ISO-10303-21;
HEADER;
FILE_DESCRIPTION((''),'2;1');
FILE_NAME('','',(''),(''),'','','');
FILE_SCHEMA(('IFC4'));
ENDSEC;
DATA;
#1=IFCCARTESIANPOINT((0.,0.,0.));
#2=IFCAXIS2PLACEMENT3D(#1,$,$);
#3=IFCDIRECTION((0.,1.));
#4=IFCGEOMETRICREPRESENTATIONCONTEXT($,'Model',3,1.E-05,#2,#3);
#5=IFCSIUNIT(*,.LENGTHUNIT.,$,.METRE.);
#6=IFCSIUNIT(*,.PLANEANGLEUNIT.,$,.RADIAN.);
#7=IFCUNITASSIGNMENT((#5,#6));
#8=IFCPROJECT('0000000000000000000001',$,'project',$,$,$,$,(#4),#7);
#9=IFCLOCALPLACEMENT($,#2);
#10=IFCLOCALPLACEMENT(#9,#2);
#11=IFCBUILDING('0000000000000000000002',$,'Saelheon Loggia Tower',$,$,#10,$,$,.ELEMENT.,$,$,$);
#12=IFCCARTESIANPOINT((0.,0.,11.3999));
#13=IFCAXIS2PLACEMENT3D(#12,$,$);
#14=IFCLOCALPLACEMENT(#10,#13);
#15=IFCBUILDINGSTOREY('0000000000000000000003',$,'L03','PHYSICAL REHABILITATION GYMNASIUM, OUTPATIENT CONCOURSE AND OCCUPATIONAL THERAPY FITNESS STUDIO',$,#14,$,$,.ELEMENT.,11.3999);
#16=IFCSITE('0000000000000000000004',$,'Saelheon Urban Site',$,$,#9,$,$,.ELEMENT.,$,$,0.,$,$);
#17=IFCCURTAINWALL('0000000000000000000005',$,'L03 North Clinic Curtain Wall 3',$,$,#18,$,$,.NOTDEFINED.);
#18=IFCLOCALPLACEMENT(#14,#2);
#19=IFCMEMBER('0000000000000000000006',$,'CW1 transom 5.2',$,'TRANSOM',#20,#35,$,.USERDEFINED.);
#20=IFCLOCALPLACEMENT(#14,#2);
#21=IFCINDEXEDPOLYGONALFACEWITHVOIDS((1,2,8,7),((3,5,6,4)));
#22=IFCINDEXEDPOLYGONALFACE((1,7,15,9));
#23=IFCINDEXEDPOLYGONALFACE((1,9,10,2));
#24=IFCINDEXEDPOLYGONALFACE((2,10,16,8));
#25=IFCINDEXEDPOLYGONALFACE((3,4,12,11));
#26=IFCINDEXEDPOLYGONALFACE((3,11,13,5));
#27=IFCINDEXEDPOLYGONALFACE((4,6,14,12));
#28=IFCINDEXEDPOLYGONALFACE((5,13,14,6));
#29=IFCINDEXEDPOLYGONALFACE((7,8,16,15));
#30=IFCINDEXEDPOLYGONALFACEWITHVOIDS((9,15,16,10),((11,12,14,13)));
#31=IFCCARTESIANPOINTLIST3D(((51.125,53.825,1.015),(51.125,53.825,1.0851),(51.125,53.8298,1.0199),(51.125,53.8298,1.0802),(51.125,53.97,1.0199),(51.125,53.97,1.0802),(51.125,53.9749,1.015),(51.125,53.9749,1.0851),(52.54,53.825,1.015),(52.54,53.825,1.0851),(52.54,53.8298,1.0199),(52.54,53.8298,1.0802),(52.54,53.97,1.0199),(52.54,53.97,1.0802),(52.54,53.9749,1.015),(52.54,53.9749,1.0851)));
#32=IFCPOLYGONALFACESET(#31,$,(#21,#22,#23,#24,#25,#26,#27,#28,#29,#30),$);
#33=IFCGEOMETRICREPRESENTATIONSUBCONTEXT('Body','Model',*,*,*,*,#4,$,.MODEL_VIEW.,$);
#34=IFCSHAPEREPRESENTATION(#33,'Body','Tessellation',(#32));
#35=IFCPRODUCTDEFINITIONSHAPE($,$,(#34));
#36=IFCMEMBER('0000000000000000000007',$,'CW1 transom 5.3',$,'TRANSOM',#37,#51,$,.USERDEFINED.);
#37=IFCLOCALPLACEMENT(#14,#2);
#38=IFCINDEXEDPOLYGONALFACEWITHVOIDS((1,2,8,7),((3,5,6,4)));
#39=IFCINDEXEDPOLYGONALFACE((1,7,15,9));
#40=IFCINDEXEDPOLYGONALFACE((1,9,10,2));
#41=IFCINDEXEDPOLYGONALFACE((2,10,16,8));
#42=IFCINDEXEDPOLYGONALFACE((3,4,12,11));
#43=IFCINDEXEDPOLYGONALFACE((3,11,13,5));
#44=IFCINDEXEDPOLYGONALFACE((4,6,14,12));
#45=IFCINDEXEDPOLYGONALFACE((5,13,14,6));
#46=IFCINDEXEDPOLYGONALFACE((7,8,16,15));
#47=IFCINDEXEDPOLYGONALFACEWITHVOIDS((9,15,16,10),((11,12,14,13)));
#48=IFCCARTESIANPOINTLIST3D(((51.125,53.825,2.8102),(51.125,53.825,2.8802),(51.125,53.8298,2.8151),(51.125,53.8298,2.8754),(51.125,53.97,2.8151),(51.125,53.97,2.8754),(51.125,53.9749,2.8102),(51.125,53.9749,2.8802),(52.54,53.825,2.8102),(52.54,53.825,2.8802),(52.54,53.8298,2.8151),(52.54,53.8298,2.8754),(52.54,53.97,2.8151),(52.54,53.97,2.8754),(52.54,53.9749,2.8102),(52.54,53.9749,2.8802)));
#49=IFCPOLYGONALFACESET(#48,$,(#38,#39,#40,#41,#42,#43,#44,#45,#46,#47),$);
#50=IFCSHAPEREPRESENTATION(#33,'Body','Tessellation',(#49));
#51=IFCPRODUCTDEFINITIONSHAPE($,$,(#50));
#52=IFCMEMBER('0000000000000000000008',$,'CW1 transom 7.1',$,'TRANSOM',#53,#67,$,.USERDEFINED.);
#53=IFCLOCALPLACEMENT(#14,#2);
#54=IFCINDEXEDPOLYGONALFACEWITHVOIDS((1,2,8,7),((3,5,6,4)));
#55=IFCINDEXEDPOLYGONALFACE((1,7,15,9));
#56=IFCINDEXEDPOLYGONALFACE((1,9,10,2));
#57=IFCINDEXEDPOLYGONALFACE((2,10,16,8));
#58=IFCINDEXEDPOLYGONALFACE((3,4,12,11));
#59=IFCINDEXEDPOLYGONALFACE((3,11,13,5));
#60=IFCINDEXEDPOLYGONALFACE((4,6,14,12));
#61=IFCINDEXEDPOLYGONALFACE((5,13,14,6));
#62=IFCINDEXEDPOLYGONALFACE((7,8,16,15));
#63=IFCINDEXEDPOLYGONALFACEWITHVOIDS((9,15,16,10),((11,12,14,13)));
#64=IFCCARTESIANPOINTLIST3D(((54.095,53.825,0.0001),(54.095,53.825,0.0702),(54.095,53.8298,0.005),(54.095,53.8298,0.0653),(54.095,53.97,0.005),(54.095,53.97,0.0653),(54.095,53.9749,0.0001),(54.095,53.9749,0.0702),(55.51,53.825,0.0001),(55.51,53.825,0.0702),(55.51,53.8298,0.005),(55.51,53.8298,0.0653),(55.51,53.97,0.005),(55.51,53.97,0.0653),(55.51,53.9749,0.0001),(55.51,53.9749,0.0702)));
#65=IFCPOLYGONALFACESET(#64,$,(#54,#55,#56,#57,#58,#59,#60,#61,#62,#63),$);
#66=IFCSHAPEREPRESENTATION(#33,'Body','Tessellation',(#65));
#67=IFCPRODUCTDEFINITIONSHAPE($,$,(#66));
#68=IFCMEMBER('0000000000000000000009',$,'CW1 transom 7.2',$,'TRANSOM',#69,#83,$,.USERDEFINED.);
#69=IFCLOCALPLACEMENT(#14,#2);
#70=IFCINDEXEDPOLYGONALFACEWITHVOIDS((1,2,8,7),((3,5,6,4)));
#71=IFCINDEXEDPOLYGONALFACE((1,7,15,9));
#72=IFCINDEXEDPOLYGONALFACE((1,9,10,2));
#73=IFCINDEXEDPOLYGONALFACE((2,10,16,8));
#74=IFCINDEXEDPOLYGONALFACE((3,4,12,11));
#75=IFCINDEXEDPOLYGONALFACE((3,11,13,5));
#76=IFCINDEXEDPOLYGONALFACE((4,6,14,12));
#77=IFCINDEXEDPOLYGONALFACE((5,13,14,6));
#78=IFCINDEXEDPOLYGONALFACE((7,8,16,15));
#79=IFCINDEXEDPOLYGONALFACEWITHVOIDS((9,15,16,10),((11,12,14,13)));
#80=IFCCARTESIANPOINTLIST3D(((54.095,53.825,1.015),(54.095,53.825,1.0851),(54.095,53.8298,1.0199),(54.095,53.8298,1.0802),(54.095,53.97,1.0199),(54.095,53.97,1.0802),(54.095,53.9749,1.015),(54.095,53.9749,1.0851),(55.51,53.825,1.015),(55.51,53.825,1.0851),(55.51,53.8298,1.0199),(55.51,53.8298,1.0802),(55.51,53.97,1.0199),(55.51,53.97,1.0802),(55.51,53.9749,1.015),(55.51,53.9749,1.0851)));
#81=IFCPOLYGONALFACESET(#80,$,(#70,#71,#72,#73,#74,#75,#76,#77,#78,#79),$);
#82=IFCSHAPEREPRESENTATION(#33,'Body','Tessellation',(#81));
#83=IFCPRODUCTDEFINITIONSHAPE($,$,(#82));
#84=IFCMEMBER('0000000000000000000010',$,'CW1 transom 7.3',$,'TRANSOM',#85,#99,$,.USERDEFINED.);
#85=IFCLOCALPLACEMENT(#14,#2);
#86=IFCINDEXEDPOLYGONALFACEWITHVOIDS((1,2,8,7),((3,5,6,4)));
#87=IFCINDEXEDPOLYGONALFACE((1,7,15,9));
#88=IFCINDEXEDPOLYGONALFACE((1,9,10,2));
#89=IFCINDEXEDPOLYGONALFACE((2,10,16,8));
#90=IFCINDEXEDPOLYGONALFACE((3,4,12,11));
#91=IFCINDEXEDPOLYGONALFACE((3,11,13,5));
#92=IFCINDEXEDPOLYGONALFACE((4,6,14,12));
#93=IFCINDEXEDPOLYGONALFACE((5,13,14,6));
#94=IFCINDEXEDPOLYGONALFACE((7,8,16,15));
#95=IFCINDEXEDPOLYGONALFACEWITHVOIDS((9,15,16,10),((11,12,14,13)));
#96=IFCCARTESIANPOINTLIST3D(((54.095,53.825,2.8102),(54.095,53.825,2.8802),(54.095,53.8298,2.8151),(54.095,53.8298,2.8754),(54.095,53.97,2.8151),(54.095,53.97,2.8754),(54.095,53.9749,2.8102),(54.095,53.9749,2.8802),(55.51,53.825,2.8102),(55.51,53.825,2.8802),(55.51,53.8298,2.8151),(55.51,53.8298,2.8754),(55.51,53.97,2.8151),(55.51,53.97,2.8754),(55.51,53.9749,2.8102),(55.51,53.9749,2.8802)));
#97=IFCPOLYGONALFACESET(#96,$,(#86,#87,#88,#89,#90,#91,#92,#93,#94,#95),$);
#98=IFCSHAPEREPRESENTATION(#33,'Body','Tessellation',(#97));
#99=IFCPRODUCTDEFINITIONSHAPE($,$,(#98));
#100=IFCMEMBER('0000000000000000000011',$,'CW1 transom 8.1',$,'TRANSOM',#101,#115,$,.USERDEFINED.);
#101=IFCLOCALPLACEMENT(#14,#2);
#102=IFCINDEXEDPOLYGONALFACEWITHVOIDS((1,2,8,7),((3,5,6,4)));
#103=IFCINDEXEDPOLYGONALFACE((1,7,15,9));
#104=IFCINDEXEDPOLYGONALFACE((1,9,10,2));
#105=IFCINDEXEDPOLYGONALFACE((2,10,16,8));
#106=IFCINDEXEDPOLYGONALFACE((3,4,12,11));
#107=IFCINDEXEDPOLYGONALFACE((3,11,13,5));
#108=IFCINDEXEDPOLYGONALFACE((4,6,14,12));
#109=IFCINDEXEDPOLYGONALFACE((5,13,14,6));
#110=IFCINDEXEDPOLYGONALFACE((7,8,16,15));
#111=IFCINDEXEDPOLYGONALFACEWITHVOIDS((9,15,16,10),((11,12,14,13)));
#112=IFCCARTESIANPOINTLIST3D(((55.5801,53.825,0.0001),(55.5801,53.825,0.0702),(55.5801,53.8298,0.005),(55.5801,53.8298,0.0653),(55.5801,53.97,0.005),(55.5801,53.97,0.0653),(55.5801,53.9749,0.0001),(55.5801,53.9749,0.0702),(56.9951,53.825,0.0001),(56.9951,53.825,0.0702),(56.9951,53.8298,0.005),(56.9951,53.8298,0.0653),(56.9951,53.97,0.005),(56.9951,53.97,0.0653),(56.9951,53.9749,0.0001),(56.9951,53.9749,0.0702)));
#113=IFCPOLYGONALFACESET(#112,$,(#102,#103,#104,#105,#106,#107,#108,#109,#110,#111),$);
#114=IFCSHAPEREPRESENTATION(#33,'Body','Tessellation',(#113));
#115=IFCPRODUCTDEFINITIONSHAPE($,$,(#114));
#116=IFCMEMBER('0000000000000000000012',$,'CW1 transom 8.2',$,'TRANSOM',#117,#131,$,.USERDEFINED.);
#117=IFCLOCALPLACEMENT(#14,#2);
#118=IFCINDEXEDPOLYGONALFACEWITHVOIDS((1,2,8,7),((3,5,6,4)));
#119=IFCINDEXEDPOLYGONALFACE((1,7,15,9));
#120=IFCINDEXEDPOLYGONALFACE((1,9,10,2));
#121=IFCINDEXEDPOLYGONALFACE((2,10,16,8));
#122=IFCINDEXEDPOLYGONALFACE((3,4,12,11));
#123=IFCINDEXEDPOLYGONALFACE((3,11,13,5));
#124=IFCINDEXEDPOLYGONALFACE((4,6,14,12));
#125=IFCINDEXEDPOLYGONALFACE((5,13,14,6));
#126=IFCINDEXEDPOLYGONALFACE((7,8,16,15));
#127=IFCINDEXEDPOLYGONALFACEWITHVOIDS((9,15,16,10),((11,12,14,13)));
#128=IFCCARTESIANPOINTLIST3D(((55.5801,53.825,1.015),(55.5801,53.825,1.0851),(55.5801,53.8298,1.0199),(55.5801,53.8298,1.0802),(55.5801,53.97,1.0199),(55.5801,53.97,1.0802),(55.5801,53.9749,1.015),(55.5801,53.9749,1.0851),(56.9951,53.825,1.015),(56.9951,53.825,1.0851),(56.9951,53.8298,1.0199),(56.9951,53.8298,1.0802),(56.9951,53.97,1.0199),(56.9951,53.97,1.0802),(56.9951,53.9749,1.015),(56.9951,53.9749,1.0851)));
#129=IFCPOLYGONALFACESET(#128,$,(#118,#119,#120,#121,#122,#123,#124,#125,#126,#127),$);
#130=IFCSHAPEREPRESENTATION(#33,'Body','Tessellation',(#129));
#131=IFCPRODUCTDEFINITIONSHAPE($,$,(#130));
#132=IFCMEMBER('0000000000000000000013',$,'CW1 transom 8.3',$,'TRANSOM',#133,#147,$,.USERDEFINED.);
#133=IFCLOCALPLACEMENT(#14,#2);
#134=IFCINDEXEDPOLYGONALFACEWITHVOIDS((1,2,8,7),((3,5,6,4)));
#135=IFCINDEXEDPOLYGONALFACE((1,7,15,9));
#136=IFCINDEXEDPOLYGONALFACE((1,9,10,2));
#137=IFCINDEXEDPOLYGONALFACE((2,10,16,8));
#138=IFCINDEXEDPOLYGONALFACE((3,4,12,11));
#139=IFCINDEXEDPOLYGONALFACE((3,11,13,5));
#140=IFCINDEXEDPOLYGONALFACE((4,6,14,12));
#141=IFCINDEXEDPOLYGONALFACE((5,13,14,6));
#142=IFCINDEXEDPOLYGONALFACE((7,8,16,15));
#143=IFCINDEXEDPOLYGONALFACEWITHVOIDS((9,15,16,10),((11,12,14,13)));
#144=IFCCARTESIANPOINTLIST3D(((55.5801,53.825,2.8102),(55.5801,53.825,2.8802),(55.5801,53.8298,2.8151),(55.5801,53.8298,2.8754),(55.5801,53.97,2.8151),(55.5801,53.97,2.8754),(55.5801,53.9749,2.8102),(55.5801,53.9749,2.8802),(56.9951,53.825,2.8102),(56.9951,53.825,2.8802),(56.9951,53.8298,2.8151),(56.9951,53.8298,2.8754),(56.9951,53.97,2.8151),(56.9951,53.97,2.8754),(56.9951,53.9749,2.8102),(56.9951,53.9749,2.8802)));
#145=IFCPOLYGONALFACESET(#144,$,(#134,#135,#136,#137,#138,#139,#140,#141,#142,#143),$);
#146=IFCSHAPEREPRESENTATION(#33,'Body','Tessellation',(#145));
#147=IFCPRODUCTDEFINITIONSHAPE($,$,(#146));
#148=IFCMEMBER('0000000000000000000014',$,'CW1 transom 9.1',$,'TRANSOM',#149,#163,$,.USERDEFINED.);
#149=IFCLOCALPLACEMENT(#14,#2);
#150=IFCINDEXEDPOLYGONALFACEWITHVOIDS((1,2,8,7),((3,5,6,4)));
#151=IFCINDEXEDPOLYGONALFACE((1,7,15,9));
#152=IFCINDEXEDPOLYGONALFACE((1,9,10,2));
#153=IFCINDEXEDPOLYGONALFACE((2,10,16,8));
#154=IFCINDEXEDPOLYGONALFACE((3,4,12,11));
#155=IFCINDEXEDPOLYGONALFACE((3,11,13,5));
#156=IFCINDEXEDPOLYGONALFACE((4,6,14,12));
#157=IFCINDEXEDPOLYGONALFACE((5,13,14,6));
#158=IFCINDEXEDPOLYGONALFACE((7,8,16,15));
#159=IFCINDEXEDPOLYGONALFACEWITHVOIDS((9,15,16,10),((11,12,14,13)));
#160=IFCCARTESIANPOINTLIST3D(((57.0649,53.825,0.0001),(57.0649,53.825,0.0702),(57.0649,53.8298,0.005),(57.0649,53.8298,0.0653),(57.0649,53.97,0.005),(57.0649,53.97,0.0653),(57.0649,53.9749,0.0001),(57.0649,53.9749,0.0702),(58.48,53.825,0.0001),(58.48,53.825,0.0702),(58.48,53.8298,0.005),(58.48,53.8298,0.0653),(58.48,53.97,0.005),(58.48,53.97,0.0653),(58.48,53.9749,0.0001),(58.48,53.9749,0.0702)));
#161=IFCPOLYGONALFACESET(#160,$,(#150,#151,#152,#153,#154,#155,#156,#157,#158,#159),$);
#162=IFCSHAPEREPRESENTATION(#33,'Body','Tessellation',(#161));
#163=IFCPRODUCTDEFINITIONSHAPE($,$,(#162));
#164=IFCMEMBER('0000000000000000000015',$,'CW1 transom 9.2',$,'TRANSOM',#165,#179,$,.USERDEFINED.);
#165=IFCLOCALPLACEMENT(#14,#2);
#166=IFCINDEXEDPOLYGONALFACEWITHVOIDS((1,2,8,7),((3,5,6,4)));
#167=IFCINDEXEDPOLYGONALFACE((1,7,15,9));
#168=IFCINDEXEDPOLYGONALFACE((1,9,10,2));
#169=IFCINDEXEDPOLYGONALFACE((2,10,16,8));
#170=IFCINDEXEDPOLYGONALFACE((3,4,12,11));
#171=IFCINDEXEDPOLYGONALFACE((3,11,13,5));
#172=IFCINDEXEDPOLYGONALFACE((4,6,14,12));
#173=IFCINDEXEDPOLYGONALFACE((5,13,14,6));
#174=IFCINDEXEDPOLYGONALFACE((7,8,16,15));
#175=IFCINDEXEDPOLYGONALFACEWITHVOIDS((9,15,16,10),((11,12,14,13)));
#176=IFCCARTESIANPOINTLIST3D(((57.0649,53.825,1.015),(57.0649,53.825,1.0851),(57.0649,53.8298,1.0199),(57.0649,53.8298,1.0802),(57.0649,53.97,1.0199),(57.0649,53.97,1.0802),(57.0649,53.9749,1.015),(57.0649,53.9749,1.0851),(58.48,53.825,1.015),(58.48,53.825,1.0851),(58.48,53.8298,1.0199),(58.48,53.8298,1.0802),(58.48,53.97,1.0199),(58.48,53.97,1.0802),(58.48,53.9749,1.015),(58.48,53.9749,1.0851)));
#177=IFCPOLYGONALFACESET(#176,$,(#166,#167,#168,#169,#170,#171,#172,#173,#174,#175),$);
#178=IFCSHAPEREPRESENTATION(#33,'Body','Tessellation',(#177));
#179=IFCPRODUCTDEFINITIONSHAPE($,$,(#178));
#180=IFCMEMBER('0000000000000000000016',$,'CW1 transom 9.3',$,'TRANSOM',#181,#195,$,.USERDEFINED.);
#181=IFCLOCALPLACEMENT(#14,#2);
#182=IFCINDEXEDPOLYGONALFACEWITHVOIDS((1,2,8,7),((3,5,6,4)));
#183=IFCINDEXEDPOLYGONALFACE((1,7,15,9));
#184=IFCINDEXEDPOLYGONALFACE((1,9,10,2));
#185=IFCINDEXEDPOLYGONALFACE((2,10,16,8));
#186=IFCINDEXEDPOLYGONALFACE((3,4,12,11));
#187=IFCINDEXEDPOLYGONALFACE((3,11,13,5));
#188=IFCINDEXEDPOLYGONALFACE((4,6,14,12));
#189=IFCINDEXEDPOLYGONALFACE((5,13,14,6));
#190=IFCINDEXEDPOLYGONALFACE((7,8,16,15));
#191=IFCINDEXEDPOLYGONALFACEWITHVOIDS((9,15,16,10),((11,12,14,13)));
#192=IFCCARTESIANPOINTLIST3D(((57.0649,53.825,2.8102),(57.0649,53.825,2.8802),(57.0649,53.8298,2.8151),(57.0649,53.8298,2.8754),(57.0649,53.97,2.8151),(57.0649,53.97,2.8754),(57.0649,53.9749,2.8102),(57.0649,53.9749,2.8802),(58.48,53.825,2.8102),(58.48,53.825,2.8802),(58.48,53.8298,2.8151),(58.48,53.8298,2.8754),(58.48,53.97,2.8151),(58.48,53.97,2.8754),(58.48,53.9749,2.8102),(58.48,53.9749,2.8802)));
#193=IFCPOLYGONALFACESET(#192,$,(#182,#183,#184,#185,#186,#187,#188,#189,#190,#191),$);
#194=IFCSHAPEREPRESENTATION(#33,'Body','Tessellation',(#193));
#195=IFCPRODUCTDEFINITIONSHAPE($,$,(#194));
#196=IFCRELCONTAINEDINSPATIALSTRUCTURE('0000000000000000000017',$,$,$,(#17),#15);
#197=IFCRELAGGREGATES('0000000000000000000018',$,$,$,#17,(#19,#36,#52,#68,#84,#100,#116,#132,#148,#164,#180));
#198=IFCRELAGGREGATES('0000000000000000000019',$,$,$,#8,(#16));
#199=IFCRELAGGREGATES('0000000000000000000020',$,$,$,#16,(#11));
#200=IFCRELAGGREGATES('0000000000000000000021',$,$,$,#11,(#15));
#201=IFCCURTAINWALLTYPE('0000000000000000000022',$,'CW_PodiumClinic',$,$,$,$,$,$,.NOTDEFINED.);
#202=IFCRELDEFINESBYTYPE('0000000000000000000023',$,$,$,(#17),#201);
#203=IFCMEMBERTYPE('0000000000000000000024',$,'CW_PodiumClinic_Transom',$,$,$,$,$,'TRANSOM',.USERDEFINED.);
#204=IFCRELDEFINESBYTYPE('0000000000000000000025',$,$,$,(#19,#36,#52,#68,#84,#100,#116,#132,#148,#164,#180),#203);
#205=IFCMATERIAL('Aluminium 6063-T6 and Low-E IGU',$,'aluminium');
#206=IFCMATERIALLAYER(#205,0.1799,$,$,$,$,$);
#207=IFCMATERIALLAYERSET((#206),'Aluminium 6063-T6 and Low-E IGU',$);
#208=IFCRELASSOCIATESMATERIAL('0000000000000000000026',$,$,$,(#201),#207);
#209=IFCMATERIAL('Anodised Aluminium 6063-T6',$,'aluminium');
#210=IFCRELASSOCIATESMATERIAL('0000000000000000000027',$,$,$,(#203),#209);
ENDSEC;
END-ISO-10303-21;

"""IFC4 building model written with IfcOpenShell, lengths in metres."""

from ifc_helpers import new_model, si_unit, direction, frame, origin, origin_2d, place, context, subcontext, project, spatial, hollow_rectangle, extrude, source, transform, mapped, material, layer, layer_set, material_profile, profile_set, type_object, element, aggregate, save


model = new_model("IFC4")

# Units and contexts
model_context = context("Model", 3, precision=1e-05, world=origin(), true_north=direction((0.0, 1.0)))
body_context = subcontext(model_context, "Body", "Model", "MODEL_VIEW")
ifc_project = project(units=[si_unit("LENGTHUNIT", "METRE"), si_unit("PLANEANGLEUNIT", "RADIAN")], contexts=[model_context])

# Site, building, storey
site_placement = place(None, origin())
site = spatial("IfcSite", under=ifc_project, at=site_placement, Name="Saelheon Urban Site", CompositionType="ELEMENT", RefElevation=0.0)
building_placement = place(site_placement, origin())
building = spatial("IfcBuilding", under=site, at=building_placement, Name="Saelheon Loggia Tower", CompositionType="ELEMENT")
storey_placement = place(building_placement, frame((0.0, 0.0, 11.3999)))
storey = spatial("IfcBuildingStorey", under=building, at=storey_placement, Name="L03", Description="PHYSICAL REHABILITATION GYMNASIUM, OUTPATIENT CONCOURSE AND OCCUPATIONAL THERAPY FITNESS STUDIO", CompositionType="ELEMENT", Elevation=11.3999)

# Curtain wall, members
ifc_material_1 = material(Name="Aluminium 6063-T6 and Low-E IGU", Category="aluminium")
ifc_layer_1 = layer(ifc_material_1, 0.1799)
ifc_layer_set_1 = layer_set([ifc_layer_1], Name="Aluminium 6063-T6 and Low-E IGU")
curtain_wall_type = type_object("IfcCurtainWallType", Name="CW_PodiumClinic", PredefinedType="NOTDEFINED", material=ifc_layer_set_1)
curtain_wall_placement = place(storey_placement, origin())
curtain_wall = element("IfcCurtainWall", 1, at=curtain_wall_placement, inside=storey, type_object=curtain_wall_type, Name="L03 North Clinic Curtain Wall 3", PredefinedType="NOTDEFINED")
ifc_material_2 = material(Name="Anodised Aluminium 6063-T6", Category="aluminium")
ifc_material_profile_1 = material_profile(ifc_material_2, hollow_rectangle(XDim=0.0701, YDim=0.1499, WallThickness=0.0049, at=origin_2d()), Name="RHS-150x70x5")
ifc_profile_set_1 = profile_set([ifc_material_profile_1], Name="Anodised Aluminium 6063-T6")
member_type_1 = type_object("IfcMemberType", Name="CW_PodiumClinic_Transom", ElementType="TRANSOM", PredefinedType="USERDEFINED", material=ifc_profile_set_1)
shared_shape_1 = source(origin(), body_context, "Body", "SweptSolid", [
    extrude(hollow_rectangle(XDim=0.0701, YDim=0.1499, WallThickness=0.0049, at=origin_2d()), origin(), (0.0, 0.0, 1.0), 1.415),
])
member_1_placement = place(storey_placement, frame((51.125, 53.8999, 1.05), z_axis=(1.0, 0.0, 0.0), x_axis=(0.0, 0.0, 1.0)))
member_1 = element("IfcMember", 2, at=member_1_placement, type_object=member_type_1, Name="CW1 transom 5.2", ObjectType="TRANSOM", PredefinedType="USERDEFINED", context=body_context, shape_type="MappedRepresentation", body=[
    mapped(shared_shape_1, transform((0.0, 0.0, 0.0), scale=1.0)),
])
member_2_placement = place(storey_placement, frame((51.125, 53.8999, 2.8452), z_axis=(1.0, 0.0, 0.0), x_axis=(0.0, 0.0, 1.0)))
member_2 = element("IfcMember", 3, at=member_2_placement, type_object=member_type_1, Name="CW1 transom 5.3", ObjectType="TRANSOM", PredefinedType="USERDEFINED", context=body_context, shape_type="MappedRepresentation", body=[
    mapped(shared_shape_1, transform((0.0, 0.0, 0.0), scale=1.0)),
])
member_3_placement = place(storey_placement, frame((54.095, 53.8999, 0.0352), z_axis=(1.0, 0.0, 0.0), x_axis=(0.0, 0.0, 1.0)))
member_3 = element("IfcMember", 4, at=member_3_placement, type_object=member_type_1, Name="CW1 transom 7.1", ObjectType="TRANSOM", PredefinedType="USERDEFINED", context=body_context, shape_type="MappedRepresentation", body=[
    mapped(shared_shape_1, transform((0.0, 0.0, 0.0), scale=1.0)),
])
member_4_placement = place(storey_placement, frame((54.095, 53.8999, 1.05), z_axis=(1.0, 0.0, 0.0), x_axis=(0.0, 0.0, 1.0)))
member_4 = element("IfcMember", 5, at=member_4_placement, type_object=member_type_1, Name="CW1 transom 7.2", ObjectType="TRANSOM", PredefinedType="USERDEFINED", context=body_context, shape_type="MappedRepresentation", body=[
    mapped(shared_shape_1, transform((0.0, 0.0, 0.0), scale=1.0)),
])
member_5_placement = place(storey_placement, frame((54.095, 53.8999, 2.8452), z_axis=(1.0, 0.0, 0.0), x_axis=(0.0, 0.0, 1.0)))
member_5 = element("IfcMember", 6, at=member_5_placement, type_object=member_type_1, Name="CW1 transom 7.3", ObjectType="TRANSOM", PredefinedType="USERDEFINED", context=body_context, shape_type="MappedRepresentation", body=[
    mapped(shared_shape_1, transform((0.0, 0.0, 0.0), scale=1.0)),
])
member_6_placement = place(storey_placement, frame((55.5801, 53.8999, 0.0352), z_axis=(1.0, 0.0, 0.0), x_axis=(0.0, 0.0, 1.0)))
member_6 = element("IfcMember", 7, at=member_6_placement, type_object=member_type_1, Name="CW1 transom 8.1", ObjectType="TRANSOM", PredefinedType="USERDEFINED", context=body_context, shape_type="MappedRepresentation", body=[
    mapped(shared_shape_1, transform((0.0, 0.0, 0.0), scale=1.0)),
])
member_7_placement = place(storey_placement, frame((55.5801, 53.8999, 1.05), z_axis=(1.0, 0.0, 0.0), x_axis=(0.0, 0.0, 1.0)))
member_7 = element("IfcMember", 8, at=member_7_placement, type_object=member_type_1, Name="CW1 transom 8.2", ObjectType="TRANSOM", PredefinedType="USERDEFINED", context=body_context, shape_type="MappedRepresentation", body=[
    mapped(shared_shape_1, transform((0.0, 0.0, 0.0), scale=1.0)),
])
member_8_placement = place(storey_placement, frame((55.5801, 53.8999, 2.8452), z_axis=(1.0, 0.0, 0.0), x_axis=(0.0, 0.0, 1.0)))
member_8 = element("IfcMember", 9, at=member_8_placement, type_object=member_type_1, Name="CW1 transom 8.3", ObjectType="TRANSOM", PredefinedType="USERDEFINED", context=body_context, shape_type="MappedRepresentation", body=[
    mapped(shared_shape_1, transform((0.0, 0.0, 0.0), scale=1.0)),
])
member_9_placement = place(storey_placement, frame((57.0649, 53.8999, 0.0352), z_axis=(1.0, 0.0, 0.0), x_axis=(0.0, 0.0, 1.0)))
member_9 = element("IfcMember", 10, at=member_9_placement, type_object=member_type_1, Name="CW1 transom 9.1", ObjectType="TRANSOM", PredefinedType="USERDEFINED", context=body_context, shape_type="MappedRepresentation", body=[
    mapped(shared_shape_1, transform((0.0, 0.0, 0.0), scale=1.0)),
])
member_10_placement = place(storey_placement, frame((57.0649, 53.8999, 1.05), z_axis=(1.0, 0.0, 0.0), x_axis=(0.0, 0.0, 1.0)))
member_10 = element("IfcMember", 11, at=member_10_placement, type_object=member_type_1, Name="CW1 transom 9.2", ObjectType="TRANSOM", PredefinedType="USERDEFINED", context=body_context, shape_type="MappedRepresentation", body=[
    mapped(shared_shape_1, transform((0.0, 0.0, 0.0), scale=1.0)),
])
member_11_placement = place(storey_placement, frame((57.0649, 53.8999, 2.8452), z_axis=(1.0, 0.0, 0.0), x_axis=(0.0, 0.0, 1.0)))
member_11 = element("IfcMember", 12, at=member_11_placement, type_object=member_type_1, Name="CW1 transom 9.3", ObjectType="TRANSOM", PredefinedType="USERDEFINED", context=body_context, shape_type="MappedRepresentation", body=[
    mapped(shared_shape_1, transform((0.0, 0.0, 0.0), scale=1.0)),
])
aggregate(curtain_wall, [member_1, member_2, member_3, member_4, member_5, member_6, member_7, member_8, member_9, member_10, member_11])

save(model, "model.ifc")
